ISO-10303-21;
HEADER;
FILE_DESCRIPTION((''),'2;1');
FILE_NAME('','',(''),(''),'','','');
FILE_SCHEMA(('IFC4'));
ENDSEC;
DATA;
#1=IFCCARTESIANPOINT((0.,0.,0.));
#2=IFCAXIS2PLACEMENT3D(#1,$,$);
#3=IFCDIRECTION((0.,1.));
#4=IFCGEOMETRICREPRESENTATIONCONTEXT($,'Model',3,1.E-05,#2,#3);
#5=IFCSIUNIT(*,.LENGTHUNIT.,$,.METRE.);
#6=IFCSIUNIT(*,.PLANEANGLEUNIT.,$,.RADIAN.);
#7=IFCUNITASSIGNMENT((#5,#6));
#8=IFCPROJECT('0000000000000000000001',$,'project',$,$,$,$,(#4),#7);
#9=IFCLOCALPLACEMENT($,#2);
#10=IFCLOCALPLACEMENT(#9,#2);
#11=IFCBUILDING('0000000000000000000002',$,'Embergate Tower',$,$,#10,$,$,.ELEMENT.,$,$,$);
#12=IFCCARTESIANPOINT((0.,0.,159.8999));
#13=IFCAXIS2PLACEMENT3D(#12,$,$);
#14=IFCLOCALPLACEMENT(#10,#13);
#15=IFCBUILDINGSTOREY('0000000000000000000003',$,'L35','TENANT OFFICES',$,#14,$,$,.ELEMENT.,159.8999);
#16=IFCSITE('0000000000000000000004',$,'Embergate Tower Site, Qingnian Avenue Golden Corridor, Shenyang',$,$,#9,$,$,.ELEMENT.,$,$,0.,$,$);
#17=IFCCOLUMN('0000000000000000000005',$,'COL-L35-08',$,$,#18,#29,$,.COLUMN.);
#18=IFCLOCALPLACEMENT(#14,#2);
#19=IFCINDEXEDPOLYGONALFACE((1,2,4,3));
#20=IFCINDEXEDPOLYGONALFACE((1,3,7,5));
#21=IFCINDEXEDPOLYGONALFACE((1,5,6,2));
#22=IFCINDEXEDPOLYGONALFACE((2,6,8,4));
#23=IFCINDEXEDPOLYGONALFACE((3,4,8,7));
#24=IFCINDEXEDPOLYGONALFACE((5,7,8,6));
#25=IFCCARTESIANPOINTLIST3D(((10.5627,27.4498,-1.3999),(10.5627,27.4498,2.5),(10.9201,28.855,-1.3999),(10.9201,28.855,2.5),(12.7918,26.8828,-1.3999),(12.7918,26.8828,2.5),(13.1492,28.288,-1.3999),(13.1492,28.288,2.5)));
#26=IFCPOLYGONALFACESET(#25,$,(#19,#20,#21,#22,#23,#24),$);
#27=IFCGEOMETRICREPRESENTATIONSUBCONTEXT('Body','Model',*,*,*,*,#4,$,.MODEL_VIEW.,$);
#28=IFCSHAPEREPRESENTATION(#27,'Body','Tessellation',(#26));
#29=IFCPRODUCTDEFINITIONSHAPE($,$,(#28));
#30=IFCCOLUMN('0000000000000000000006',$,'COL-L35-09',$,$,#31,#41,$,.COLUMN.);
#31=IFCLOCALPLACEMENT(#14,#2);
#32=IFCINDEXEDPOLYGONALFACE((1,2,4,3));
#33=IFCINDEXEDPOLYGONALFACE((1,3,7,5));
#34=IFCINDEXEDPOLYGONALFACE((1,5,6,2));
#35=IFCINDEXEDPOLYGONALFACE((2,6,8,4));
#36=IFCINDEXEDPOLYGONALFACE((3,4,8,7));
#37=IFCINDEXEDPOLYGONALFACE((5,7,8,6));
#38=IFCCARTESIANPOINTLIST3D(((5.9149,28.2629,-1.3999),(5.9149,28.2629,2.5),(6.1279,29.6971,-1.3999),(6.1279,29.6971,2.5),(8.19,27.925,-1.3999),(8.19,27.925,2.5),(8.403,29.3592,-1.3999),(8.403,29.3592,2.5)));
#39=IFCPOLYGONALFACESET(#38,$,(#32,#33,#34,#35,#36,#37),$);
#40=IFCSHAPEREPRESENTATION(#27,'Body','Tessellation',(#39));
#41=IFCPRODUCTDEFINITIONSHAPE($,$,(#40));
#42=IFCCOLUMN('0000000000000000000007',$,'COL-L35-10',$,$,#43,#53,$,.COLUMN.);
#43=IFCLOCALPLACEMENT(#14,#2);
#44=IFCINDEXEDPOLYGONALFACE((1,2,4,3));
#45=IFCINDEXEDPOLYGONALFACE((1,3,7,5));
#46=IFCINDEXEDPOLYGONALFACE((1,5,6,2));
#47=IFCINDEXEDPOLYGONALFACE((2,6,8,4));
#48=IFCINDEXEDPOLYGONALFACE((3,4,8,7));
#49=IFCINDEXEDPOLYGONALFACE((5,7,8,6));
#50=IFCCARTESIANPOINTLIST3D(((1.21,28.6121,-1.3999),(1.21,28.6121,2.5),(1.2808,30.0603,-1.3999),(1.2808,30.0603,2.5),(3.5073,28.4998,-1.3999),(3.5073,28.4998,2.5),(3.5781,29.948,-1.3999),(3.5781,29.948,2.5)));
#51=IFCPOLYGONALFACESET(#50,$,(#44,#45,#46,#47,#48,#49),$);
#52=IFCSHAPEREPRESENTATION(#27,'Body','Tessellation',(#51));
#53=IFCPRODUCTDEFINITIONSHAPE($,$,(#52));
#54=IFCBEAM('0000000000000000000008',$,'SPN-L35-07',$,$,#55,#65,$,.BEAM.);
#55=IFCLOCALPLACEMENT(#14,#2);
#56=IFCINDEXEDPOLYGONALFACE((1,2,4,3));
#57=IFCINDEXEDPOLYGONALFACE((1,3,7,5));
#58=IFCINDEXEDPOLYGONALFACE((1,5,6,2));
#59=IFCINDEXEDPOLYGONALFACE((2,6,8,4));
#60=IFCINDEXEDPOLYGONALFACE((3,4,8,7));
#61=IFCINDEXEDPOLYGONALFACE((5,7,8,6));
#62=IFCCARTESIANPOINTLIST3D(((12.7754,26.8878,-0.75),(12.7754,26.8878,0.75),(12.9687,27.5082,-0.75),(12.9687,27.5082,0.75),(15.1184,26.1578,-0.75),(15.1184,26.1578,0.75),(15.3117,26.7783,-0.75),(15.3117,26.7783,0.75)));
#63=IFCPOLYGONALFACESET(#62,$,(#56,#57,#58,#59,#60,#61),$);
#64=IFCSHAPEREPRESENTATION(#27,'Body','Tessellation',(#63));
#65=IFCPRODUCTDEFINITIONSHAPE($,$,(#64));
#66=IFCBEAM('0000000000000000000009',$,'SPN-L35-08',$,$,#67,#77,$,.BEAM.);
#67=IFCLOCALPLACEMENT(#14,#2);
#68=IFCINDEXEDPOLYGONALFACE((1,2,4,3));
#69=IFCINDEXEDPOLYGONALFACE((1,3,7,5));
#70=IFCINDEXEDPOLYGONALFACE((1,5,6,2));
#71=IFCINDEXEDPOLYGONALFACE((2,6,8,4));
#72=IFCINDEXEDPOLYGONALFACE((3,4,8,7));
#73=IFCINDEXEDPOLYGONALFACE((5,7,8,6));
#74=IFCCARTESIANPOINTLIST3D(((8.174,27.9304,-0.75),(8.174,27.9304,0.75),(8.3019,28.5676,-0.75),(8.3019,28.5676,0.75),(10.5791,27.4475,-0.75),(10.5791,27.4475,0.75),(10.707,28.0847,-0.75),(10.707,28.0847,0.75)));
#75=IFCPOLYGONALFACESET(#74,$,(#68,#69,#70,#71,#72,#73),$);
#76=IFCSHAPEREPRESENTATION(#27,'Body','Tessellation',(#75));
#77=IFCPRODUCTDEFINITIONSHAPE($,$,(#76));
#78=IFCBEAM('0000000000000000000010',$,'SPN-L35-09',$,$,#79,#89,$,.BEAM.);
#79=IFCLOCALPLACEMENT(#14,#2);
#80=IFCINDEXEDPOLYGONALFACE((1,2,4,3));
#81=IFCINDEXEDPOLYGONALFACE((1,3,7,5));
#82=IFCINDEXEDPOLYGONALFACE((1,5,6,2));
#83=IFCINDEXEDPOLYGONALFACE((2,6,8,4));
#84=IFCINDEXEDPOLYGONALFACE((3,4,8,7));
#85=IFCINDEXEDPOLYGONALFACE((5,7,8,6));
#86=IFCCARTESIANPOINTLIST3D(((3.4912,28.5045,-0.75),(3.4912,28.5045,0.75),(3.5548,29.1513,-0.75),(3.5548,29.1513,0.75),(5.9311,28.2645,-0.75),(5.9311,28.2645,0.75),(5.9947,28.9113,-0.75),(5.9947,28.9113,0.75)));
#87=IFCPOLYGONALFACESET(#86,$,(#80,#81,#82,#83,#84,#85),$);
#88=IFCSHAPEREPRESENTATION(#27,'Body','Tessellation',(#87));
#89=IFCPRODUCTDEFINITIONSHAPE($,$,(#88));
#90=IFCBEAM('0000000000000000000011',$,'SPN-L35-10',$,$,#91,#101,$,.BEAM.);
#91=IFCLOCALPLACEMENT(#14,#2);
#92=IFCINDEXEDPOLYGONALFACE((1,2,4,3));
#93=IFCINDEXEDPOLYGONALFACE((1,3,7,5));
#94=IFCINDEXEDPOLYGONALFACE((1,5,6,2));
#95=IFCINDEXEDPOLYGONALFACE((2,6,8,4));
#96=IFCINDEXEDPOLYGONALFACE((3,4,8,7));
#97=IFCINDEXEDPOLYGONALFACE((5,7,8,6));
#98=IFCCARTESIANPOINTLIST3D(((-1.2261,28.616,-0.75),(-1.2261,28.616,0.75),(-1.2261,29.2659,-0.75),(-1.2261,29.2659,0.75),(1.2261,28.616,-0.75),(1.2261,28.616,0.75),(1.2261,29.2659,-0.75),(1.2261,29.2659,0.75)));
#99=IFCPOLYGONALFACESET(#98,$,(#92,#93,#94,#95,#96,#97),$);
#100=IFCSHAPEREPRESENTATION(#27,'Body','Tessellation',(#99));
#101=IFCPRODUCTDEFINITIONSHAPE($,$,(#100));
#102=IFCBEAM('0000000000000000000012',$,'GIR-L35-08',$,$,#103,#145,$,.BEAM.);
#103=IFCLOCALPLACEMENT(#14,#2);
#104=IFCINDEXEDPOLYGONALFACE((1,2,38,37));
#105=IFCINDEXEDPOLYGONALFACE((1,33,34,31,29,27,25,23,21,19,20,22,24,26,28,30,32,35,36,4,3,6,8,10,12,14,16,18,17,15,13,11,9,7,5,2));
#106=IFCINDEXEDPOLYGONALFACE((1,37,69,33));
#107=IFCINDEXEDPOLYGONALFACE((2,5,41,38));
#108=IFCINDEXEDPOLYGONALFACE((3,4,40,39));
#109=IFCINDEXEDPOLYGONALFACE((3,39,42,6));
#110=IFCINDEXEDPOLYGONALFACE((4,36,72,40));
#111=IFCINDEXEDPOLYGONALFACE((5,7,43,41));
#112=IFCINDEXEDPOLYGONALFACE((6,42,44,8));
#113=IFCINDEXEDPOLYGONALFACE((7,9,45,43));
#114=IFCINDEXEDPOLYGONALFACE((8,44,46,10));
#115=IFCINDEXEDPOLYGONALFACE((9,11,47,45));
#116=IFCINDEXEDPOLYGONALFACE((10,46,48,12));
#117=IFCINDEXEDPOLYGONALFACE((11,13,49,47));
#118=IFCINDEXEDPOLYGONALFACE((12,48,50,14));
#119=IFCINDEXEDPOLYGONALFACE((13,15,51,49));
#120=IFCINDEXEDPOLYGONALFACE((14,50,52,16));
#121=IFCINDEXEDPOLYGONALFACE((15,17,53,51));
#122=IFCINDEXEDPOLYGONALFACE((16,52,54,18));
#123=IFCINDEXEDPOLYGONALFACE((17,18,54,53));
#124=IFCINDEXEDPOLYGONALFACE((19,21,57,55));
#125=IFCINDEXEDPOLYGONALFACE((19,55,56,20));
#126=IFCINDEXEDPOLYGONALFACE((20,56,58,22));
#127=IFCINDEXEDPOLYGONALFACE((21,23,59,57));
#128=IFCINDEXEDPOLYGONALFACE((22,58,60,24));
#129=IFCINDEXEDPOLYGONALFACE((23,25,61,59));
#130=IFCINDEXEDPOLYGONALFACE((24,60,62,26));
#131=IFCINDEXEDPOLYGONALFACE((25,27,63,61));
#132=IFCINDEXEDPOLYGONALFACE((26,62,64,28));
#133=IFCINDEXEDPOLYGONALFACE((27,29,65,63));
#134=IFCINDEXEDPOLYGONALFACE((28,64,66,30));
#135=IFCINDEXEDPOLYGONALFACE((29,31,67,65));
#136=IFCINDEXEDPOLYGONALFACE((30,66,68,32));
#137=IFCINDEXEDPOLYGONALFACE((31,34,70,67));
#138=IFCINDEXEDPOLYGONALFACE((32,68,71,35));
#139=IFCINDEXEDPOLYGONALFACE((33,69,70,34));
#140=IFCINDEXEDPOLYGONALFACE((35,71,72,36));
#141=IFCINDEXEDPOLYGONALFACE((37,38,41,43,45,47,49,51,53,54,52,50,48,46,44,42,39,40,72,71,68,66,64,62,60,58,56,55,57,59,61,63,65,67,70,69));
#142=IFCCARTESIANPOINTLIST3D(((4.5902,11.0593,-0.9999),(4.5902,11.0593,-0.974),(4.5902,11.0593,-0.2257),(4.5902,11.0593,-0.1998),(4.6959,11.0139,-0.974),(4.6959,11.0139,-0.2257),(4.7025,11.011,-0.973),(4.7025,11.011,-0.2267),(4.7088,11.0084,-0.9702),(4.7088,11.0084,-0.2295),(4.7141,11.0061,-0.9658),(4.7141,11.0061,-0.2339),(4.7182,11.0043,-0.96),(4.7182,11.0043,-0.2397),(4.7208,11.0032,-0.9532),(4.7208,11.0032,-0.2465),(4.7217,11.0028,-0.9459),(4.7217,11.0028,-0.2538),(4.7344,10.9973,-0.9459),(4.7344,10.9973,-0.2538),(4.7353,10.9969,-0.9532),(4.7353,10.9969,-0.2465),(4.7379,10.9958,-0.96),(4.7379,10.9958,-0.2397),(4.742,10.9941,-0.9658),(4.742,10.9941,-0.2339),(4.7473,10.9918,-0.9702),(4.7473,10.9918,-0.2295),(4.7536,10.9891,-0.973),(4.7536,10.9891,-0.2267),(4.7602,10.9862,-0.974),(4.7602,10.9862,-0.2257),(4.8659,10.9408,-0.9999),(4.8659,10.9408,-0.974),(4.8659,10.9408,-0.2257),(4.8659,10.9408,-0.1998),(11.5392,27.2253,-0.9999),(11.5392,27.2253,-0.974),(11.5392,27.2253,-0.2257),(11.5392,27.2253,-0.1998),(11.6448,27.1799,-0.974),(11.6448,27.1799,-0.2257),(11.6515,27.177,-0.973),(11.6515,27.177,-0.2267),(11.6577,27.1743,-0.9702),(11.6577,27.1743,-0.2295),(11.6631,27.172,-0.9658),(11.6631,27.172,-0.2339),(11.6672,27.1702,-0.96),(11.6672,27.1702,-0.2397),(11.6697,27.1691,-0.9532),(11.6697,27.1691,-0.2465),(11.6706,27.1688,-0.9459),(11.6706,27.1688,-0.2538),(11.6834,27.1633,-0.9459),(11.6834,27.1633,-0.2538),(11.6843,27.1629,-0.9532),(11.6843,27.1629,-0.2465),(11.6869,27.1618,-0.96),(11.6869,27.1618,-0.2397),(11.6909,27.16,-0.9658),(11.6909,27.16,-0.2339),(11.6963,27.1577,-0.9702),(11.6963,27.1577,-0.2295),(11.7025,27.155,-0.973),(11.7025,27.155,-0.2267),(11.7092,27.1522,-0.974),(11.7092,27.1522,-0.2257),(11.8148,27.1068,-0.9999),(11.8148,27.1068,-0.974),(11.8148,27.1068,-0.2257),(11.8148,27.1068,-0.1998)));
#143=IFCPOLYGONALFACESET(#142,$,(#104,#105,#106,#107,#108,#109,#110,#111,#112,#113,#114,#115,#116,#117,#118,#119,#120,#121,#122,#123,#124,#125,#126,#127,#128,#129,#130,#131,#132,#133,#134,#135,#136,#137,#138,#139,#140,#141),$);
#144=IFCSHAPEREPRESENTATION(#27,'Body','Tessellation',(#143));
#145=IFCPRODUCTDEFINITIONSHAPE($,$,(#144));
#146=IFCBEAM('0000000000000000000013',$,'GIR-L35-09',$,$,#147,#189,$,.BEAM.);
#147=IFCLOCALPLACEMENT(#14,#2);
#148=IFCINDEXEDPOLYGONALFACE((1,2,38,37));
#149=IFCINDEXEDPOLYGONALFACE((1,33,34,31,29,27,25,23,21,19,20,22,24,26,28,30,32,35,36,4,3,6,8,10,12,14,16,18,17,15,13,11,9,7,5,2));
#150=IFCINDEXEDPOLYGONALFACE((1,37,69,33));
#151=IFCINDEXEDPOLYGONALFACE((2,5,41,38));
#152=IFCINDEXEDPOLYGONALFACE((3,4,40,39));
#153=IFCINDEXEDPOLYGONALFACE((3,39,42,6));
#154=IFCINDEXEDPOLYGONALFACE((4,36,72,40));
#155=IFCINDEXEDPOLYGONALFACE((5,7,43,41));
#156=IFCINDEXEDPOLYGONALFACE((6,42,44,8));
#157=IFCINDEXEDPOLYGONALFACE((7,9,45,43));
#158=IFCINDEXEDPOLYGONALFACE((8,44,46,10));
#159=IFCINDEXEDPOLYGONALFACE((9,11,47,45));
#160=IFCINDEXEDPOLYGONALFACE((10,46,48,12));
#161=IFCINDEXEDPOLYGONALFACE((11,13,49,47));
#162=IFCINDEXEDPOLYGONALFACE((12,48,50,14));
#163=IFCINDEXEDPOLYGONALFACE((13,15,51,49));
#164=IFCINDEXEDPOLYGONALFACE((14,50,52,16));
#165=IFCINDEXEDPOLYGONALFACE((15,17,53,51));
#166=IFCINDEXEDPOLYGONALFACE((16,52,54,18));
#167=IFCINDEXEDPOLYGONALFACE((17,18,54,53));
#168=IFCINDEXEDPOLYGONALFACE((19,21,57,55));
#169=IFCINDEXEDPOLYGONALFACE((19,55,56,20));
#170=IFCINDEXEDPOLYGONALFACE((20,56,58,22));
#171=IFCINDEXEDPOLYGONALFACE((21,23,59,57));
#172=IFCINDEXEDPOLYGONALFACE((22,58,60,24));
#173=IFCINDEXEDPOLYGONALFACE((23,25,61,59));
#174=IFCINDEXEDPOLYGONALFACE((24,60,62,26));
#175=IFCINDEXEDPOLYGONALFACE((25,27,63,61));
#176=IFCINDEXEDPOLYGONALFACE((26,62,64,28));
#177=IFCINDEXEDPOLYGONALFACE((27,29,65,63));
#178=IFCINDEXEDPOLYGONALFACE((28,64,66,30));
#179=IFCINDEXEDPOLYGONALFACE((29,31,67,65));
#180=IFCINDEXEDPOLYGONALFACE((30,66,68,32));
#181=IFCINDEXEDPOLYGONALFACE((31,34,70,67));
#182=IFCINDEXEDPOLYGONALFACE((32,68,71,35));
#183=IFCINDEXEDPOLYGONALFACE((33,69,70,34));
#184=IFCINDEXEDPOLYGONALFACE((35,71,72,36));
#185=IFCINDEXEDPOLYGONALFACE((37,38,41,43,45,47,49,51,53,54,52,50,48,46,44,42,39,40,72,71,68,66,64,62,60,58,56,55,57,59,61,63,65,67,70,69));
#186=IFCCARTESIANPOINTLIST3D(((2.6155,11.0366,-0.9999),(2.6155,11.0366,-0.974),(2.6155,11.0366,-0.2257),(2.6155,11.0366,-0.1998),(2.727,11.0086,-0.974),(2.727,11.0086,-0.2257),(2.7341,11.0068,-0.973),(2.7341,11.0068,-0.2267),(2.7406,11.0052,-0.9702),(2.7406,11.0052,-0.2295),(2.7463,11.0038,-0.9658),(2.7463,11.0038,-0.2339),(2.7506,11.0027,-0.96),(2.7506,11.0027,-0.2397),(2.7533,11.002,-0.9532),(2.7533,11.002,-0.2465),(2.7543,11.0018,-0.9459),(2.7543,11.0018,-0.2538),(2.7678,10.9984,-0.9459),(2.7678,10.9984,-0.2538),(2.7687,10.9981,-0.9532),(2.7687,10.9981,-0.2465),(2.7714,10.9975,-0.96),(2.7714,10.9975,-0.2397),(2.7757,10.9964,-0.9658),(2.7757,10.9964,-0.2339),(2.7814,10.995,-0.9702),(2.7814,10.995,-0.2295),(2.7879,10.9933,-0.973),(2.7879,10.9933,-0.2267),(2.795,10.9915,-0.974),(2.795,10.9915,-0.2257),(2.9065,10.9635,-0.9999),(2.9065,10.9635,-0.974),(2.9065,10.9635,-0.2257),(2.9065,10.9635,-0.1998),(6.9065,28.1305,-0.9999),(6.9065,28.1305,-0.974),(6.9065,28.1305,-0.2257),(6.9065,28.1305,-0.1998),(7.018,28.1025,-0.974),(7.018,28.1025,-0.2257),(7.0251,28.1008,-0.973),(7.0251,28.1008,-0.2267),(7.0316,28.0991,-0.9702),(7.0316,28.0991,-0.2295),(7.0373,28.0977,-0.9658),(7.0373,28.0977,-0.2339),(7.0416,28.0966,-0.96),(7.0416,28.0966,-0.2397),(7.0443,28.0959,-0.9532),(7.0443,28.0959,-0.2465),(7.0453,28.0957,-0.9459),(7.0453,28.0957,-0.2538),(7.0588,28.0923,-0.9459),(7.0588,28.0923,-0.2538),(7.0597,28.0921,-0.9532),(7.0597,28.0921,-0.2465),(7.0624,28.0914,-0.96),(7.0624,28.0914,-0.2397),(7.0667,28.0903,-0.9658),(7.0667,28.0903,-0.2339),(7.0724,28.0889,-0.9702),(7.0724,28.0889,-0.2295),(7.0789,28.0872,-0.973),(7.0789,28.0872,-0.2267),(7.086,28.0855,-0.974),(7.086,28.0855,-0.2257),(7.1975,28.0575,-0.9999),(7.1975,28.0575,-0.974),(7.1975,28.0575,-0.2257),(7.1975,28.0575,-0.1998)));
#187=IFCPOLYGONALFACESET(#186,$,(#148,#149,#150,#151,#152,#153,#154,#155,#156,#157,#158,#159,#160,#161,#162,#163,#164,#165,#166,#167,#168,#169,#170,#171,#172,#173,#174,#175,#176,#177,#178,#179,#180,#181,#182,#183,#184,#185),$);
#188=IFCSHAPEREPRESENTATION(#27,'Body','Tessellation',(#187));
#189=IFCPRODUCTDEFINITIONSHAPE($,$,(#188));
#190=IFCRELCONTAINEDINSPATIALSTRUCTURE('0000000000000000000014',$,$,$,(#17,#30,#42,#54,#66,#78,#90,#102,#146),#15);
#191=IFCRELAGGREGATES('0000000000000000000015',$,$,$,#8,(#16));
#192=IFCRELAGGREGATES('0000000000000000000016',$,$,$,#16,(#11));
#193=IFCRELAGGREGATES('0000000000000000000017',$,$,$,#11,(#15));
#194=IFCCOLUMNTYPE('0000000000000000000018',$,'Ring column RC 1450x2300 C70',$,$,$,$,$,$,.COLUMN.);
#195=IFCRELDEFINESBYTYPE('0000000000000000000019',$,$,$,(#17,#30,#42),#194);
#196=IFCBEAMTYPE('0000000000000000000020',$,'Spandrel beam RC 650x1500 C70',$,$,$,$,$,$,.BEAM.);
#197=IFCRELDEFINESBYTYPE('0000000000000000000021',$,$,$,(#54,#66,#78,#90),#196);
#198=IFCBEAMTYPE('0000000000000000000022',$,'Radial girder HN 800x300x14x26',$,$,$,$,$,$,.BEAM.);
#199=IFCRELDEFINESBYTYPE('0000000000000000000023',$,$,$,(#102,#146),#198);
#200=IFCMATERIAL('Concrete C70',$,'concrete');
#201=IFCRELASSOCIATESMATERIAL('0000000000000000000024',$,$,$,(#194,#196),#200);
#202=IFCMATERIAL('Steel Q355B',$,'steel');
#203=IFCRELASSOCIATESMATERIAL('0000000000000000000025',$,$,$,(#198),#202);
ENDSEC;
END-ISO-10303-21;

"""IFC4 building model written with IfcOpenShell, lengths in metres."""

from ifc_helpers import new_model, si_unit, direction, frame, origin, origin_2d, place, context, subcontext, project, spatial, rectangle, i_section, extrude, source, transform, mapped, material, material_profile, profile_set, type_object, element, save


model = new_model("IFC4")

# Units and contexts
model_context = context("Model", 3, precision=1e-05, world=origin(), true_north=direction((0.0, 1.0)))
body_context = subcontext(model_context, "Body", "Model", "MODEL_VIEW")
ifc_project = project(units=[si_unit("LENGTHUNIT", "METRE"), si_unit("PLANEANGLEUNIT", "RADIAN")], contexts=[model_context])

# Site, building, storey
site_placement = place(None, origin())
site = spatial("IfcSite", under=ifc_project, at=site_placement, Name="Embergate Tower Site, Qingnian Avenue Golden Corridor, Shenyang", CompositionType="ELEMENT", RefElevation=0.0)
building_placement = place(site_placement, origin())
building = spatial("IfcBuilding", under=site, at=building_placement, Name="Embergate Tower", CompositionType="ELEMENT")
storey_placement = place(building_placement, frame((0.0, 0.0, 159.8999)))
storey = spatial("IfcBuildingStorey", under=building, at=storey_placement, Name="L35", Description="TENANT OFFICES", CompositionType="ELEMENT", Elevation=159.8999)

# Columns
ifc_material_1 = material(Name="Concrete C70", Category="concrete")
ifc_material_profile_1 = material_profile(ifc_material_1, rectangle(XDim=1.45, YDim=2.3, at=origin_2d()), Name="RC 1450x2300")
ifc_profile_set_1 = profile_set([ifc_material_profile_1], Name="Concrete C70")
column_type = type_object("IfcColumnType", Name="Ring column RC 1450x2300 C70", PredefinedType="COLUMN", material=ifc_profile_set_1)
shared_shape_1 = source(origin(), body_context, "Body", "SweptSolid", [
    extrude(rectangle(XDim=1.45, YDim=2.3, at=origin_2d()), origin(), (0.0, 0.0, 1.0), 3.8999),
])
for number, where, z_axis, x_axis, name in (
    (1, (11.856, 27.8689, -1.3999), (0.0, 0.0, 1.0), (0.246492, 0.969145, 0.0), "COL-L35-08"),
    (2, (7.1589, 28.811, -1.3999), (0.0, 0.0, 1.0), (0.146929, 0.989147, 0.0), "COL-L35-09"),
    (3, (2.394, 29.28, -1.3999), (0.0, 0.0, 1.0), (0.048815, 0.998808, 0.0), "COL-L35-10"),
):
    element("IfcColumn", number, at=place(storey_placement, frame(where, z_axis=z_axis, x_axis=x_axis)), inside=storey, type_object=column_type, Name=name, PredefinedType="COLUMN", context=body_context, shape_type="MappedRepresentation", body=[
        mapped(shared_shape_1, transform((0.0, 0.0, 0.0))),
    ])

# Beams
ifc_material_profile_2 = material_profile(ifc_material_1, rectangle(XDim=0.6499, YDim=1.5, at=origin_2d()), Name="RC 650x1500")
ifc_profile_set_2 = profile_set([ifc_material_profile_2], Name="Concrete C70")
beam_type_1 = type_object("IfcBeamType", Name="Spandrel beam RC 650x1500 C70", PredefinedType="BEAM", material=ifc_profile_set_2)
shared_shape_2 = source(origin(), body_context, "Body", "SweptSolid", [
    extrude(rectangle(XDim=0.6499, YDim=1.5, at=origin_2d()), origin(), (0.0, 0.0, 1.0), 2.4541),
])
beam_1_placement = place(storey_placement, frame((15.2151, 26.468, 0.0), z_axis=(-0.954736, 0.297454, 0.0), x_axis=(-0.297454, -0.954736, 0.0)))
element("IfcBeam", 4, at=beam_1_placement, inside=storey, type_object=beam_type_1, Name="SPN-L35-07", PredefinedType="BEAM", context=body_context, shape_type="MappedRepresentation", body=[
    mapped(shared_shape_2, transform((0.0, 0.0, 0.0))),
])
shared_shape_3 = source(origin(), body_context, "Body", "SweptSolid", [
    extrude(rectangle(XDim=0.6499, YDim=1.5, at=origin_2d()), origin(), (0.0, 0.0, 1.0), 2.4531),
])
beam_2_placement = place(storey_placement, frame((10.6431, 27.7661, 0.0), z_axis=(-0.980431, 0.196863, 0.0), x_axis=(-0.196863, -0.980431, 0.0)))
element("IfcBeam", 5, at=beam_2_placement, inside=storey, type_object=beam_type_1, Name="SPN-L35-08", PredefinedType="BEAM", context=body_context, shape_type="MappedRepresentation", body=[
    mapped(shared_shape_3, transform((0.0, 0.0, 0.0))),
])
shared_shape_4 = source(origin(), body_context, "Body", "SweptSolid", [
    extrude(rectangle(XDim=0.6499, YDim=1.5, at=origin_2d()), origin(), (0.0, 0.0, 1.0), 2.4517),
])
beam_3_placement = place(storey_placement, frame((5.9629, 28.5879, 0.0), z_axis=(-0.995198, 0.097887, 0.0), x_axis=(-0.097887, -0.995198, 0.0)))
element("IfcBeam", 6, at=beam_3_placement, inside=storey, type_object=beam_type_1, Name="SPN-L35-09", PredefinedType="BEAM", context=body_context, shape_type="MappedRepresentation", body=[
    mapped(shared_shape_4, transform((0.0, 0.0, 0.0))),
])
shared_shape_5 = source(origin(), body_context, "Body", "SweptSolid", [
    extrude(rectangle(XDim=0.6499, YDim=1.5, at=origin_2d()), origin(), (0.0, 0.0, 1.0), 2.4521),
])
beam_4_placement = place(storey_placement, frame((1.2261, 28.9409, 0.0), z_axis=(-1.0, 0.0, 0.0), x_axis=(0.0, -1.0, 0.0)))
element("IfcBeam", 7, at=beam_4_placement, inside=storey, type_object=beam_type_1, Name="SPN-L35-10", PredefinedType="BEAM", context=body_context, shape_type="MappedRepresentation", body=[
    mapped(shared_shape_5, transform((0.0, 0.0, 0.0))),
])
ifc_material_2 = material(Name="Steel Q355B", Category="steel")
ifc_material_profile_3 = material_profile(ifc_material_2, i_section(OverallWidth=0.3, OverallDepth=0.8, WebThickness=0.0139, FlangeThickness=0.0259, FilletRadius=0.0281, at=origin_2d()), Name="HN 800x300x14x26")
ifc_profile_set_3 = profile_set([ifc_material_profile_3], Name="Steel Q355 grade B")
beam_type_2 = type_object("IfcBeamType", Name="Radial girder HN 800x300x14x26", PredefinedType="BEAM", material=ifc_profile_set_3)
shared_shape_6 = source(origin(), body_context, "Body", "SweptSolid", [
    extrude(i_section(OverallWidth=0.3, OverallDepth=0.8, WebThickness=0.0139, FlangeThickness=0.0259, FilletRadius=0.0281, at=origin_2d()), origin(), (0.0, 0.0, 1.0), 17.5962),
])
beam_5_placement = place(storey_placement, frame((11.677, 27.166, -0.5999), z_axis=(-0.394912, -0.918719, 0.0), x_axis=(0.918719, -0.394912, 0.0)))
element("IfcBeam", 8, at=beam_5_placement, inside=storey, type_object=beam_type_2, Name="GIR-L35-08", PredefinedType="BEAM", context=body_context, shape_type="MappedRepresentation", body=[
    mapped(shared_shape_6, transform((0.0, 0.0, 0.0))),
])
shared_shape_7 = source(origin(), body_context, "Body", "SweptSolid", [
    extrude(i_section(OverallWidth=0.3, OverallDepth=0.8, WebThickness=0.0139, FlangeThickness=0.0259, FilletRadius=0.0281, at=origin_2d()), origin(), (0.0, 0.0, 1.0), 17.6243),
])
beam_6_placement = place(storey_placement, frame((7.052, 28.094, -0.5999), z_axis=(-0.243471, -0.969908, 0.0), x_axis=(0.969908, -0.243471, 0.0)))
element("IfcBeam", 9, at=beam_6_placement, inside=storey, type_object=beam_type_2, Name="GIR-L35-09", PredefinedType="BEAM", context=body_context, shape_type="MappedRepresentation", body=[
    mapped(shared_shape_7, transform((0.0, 0.0, 0.0))),
])

save(model, "model.ifc")
